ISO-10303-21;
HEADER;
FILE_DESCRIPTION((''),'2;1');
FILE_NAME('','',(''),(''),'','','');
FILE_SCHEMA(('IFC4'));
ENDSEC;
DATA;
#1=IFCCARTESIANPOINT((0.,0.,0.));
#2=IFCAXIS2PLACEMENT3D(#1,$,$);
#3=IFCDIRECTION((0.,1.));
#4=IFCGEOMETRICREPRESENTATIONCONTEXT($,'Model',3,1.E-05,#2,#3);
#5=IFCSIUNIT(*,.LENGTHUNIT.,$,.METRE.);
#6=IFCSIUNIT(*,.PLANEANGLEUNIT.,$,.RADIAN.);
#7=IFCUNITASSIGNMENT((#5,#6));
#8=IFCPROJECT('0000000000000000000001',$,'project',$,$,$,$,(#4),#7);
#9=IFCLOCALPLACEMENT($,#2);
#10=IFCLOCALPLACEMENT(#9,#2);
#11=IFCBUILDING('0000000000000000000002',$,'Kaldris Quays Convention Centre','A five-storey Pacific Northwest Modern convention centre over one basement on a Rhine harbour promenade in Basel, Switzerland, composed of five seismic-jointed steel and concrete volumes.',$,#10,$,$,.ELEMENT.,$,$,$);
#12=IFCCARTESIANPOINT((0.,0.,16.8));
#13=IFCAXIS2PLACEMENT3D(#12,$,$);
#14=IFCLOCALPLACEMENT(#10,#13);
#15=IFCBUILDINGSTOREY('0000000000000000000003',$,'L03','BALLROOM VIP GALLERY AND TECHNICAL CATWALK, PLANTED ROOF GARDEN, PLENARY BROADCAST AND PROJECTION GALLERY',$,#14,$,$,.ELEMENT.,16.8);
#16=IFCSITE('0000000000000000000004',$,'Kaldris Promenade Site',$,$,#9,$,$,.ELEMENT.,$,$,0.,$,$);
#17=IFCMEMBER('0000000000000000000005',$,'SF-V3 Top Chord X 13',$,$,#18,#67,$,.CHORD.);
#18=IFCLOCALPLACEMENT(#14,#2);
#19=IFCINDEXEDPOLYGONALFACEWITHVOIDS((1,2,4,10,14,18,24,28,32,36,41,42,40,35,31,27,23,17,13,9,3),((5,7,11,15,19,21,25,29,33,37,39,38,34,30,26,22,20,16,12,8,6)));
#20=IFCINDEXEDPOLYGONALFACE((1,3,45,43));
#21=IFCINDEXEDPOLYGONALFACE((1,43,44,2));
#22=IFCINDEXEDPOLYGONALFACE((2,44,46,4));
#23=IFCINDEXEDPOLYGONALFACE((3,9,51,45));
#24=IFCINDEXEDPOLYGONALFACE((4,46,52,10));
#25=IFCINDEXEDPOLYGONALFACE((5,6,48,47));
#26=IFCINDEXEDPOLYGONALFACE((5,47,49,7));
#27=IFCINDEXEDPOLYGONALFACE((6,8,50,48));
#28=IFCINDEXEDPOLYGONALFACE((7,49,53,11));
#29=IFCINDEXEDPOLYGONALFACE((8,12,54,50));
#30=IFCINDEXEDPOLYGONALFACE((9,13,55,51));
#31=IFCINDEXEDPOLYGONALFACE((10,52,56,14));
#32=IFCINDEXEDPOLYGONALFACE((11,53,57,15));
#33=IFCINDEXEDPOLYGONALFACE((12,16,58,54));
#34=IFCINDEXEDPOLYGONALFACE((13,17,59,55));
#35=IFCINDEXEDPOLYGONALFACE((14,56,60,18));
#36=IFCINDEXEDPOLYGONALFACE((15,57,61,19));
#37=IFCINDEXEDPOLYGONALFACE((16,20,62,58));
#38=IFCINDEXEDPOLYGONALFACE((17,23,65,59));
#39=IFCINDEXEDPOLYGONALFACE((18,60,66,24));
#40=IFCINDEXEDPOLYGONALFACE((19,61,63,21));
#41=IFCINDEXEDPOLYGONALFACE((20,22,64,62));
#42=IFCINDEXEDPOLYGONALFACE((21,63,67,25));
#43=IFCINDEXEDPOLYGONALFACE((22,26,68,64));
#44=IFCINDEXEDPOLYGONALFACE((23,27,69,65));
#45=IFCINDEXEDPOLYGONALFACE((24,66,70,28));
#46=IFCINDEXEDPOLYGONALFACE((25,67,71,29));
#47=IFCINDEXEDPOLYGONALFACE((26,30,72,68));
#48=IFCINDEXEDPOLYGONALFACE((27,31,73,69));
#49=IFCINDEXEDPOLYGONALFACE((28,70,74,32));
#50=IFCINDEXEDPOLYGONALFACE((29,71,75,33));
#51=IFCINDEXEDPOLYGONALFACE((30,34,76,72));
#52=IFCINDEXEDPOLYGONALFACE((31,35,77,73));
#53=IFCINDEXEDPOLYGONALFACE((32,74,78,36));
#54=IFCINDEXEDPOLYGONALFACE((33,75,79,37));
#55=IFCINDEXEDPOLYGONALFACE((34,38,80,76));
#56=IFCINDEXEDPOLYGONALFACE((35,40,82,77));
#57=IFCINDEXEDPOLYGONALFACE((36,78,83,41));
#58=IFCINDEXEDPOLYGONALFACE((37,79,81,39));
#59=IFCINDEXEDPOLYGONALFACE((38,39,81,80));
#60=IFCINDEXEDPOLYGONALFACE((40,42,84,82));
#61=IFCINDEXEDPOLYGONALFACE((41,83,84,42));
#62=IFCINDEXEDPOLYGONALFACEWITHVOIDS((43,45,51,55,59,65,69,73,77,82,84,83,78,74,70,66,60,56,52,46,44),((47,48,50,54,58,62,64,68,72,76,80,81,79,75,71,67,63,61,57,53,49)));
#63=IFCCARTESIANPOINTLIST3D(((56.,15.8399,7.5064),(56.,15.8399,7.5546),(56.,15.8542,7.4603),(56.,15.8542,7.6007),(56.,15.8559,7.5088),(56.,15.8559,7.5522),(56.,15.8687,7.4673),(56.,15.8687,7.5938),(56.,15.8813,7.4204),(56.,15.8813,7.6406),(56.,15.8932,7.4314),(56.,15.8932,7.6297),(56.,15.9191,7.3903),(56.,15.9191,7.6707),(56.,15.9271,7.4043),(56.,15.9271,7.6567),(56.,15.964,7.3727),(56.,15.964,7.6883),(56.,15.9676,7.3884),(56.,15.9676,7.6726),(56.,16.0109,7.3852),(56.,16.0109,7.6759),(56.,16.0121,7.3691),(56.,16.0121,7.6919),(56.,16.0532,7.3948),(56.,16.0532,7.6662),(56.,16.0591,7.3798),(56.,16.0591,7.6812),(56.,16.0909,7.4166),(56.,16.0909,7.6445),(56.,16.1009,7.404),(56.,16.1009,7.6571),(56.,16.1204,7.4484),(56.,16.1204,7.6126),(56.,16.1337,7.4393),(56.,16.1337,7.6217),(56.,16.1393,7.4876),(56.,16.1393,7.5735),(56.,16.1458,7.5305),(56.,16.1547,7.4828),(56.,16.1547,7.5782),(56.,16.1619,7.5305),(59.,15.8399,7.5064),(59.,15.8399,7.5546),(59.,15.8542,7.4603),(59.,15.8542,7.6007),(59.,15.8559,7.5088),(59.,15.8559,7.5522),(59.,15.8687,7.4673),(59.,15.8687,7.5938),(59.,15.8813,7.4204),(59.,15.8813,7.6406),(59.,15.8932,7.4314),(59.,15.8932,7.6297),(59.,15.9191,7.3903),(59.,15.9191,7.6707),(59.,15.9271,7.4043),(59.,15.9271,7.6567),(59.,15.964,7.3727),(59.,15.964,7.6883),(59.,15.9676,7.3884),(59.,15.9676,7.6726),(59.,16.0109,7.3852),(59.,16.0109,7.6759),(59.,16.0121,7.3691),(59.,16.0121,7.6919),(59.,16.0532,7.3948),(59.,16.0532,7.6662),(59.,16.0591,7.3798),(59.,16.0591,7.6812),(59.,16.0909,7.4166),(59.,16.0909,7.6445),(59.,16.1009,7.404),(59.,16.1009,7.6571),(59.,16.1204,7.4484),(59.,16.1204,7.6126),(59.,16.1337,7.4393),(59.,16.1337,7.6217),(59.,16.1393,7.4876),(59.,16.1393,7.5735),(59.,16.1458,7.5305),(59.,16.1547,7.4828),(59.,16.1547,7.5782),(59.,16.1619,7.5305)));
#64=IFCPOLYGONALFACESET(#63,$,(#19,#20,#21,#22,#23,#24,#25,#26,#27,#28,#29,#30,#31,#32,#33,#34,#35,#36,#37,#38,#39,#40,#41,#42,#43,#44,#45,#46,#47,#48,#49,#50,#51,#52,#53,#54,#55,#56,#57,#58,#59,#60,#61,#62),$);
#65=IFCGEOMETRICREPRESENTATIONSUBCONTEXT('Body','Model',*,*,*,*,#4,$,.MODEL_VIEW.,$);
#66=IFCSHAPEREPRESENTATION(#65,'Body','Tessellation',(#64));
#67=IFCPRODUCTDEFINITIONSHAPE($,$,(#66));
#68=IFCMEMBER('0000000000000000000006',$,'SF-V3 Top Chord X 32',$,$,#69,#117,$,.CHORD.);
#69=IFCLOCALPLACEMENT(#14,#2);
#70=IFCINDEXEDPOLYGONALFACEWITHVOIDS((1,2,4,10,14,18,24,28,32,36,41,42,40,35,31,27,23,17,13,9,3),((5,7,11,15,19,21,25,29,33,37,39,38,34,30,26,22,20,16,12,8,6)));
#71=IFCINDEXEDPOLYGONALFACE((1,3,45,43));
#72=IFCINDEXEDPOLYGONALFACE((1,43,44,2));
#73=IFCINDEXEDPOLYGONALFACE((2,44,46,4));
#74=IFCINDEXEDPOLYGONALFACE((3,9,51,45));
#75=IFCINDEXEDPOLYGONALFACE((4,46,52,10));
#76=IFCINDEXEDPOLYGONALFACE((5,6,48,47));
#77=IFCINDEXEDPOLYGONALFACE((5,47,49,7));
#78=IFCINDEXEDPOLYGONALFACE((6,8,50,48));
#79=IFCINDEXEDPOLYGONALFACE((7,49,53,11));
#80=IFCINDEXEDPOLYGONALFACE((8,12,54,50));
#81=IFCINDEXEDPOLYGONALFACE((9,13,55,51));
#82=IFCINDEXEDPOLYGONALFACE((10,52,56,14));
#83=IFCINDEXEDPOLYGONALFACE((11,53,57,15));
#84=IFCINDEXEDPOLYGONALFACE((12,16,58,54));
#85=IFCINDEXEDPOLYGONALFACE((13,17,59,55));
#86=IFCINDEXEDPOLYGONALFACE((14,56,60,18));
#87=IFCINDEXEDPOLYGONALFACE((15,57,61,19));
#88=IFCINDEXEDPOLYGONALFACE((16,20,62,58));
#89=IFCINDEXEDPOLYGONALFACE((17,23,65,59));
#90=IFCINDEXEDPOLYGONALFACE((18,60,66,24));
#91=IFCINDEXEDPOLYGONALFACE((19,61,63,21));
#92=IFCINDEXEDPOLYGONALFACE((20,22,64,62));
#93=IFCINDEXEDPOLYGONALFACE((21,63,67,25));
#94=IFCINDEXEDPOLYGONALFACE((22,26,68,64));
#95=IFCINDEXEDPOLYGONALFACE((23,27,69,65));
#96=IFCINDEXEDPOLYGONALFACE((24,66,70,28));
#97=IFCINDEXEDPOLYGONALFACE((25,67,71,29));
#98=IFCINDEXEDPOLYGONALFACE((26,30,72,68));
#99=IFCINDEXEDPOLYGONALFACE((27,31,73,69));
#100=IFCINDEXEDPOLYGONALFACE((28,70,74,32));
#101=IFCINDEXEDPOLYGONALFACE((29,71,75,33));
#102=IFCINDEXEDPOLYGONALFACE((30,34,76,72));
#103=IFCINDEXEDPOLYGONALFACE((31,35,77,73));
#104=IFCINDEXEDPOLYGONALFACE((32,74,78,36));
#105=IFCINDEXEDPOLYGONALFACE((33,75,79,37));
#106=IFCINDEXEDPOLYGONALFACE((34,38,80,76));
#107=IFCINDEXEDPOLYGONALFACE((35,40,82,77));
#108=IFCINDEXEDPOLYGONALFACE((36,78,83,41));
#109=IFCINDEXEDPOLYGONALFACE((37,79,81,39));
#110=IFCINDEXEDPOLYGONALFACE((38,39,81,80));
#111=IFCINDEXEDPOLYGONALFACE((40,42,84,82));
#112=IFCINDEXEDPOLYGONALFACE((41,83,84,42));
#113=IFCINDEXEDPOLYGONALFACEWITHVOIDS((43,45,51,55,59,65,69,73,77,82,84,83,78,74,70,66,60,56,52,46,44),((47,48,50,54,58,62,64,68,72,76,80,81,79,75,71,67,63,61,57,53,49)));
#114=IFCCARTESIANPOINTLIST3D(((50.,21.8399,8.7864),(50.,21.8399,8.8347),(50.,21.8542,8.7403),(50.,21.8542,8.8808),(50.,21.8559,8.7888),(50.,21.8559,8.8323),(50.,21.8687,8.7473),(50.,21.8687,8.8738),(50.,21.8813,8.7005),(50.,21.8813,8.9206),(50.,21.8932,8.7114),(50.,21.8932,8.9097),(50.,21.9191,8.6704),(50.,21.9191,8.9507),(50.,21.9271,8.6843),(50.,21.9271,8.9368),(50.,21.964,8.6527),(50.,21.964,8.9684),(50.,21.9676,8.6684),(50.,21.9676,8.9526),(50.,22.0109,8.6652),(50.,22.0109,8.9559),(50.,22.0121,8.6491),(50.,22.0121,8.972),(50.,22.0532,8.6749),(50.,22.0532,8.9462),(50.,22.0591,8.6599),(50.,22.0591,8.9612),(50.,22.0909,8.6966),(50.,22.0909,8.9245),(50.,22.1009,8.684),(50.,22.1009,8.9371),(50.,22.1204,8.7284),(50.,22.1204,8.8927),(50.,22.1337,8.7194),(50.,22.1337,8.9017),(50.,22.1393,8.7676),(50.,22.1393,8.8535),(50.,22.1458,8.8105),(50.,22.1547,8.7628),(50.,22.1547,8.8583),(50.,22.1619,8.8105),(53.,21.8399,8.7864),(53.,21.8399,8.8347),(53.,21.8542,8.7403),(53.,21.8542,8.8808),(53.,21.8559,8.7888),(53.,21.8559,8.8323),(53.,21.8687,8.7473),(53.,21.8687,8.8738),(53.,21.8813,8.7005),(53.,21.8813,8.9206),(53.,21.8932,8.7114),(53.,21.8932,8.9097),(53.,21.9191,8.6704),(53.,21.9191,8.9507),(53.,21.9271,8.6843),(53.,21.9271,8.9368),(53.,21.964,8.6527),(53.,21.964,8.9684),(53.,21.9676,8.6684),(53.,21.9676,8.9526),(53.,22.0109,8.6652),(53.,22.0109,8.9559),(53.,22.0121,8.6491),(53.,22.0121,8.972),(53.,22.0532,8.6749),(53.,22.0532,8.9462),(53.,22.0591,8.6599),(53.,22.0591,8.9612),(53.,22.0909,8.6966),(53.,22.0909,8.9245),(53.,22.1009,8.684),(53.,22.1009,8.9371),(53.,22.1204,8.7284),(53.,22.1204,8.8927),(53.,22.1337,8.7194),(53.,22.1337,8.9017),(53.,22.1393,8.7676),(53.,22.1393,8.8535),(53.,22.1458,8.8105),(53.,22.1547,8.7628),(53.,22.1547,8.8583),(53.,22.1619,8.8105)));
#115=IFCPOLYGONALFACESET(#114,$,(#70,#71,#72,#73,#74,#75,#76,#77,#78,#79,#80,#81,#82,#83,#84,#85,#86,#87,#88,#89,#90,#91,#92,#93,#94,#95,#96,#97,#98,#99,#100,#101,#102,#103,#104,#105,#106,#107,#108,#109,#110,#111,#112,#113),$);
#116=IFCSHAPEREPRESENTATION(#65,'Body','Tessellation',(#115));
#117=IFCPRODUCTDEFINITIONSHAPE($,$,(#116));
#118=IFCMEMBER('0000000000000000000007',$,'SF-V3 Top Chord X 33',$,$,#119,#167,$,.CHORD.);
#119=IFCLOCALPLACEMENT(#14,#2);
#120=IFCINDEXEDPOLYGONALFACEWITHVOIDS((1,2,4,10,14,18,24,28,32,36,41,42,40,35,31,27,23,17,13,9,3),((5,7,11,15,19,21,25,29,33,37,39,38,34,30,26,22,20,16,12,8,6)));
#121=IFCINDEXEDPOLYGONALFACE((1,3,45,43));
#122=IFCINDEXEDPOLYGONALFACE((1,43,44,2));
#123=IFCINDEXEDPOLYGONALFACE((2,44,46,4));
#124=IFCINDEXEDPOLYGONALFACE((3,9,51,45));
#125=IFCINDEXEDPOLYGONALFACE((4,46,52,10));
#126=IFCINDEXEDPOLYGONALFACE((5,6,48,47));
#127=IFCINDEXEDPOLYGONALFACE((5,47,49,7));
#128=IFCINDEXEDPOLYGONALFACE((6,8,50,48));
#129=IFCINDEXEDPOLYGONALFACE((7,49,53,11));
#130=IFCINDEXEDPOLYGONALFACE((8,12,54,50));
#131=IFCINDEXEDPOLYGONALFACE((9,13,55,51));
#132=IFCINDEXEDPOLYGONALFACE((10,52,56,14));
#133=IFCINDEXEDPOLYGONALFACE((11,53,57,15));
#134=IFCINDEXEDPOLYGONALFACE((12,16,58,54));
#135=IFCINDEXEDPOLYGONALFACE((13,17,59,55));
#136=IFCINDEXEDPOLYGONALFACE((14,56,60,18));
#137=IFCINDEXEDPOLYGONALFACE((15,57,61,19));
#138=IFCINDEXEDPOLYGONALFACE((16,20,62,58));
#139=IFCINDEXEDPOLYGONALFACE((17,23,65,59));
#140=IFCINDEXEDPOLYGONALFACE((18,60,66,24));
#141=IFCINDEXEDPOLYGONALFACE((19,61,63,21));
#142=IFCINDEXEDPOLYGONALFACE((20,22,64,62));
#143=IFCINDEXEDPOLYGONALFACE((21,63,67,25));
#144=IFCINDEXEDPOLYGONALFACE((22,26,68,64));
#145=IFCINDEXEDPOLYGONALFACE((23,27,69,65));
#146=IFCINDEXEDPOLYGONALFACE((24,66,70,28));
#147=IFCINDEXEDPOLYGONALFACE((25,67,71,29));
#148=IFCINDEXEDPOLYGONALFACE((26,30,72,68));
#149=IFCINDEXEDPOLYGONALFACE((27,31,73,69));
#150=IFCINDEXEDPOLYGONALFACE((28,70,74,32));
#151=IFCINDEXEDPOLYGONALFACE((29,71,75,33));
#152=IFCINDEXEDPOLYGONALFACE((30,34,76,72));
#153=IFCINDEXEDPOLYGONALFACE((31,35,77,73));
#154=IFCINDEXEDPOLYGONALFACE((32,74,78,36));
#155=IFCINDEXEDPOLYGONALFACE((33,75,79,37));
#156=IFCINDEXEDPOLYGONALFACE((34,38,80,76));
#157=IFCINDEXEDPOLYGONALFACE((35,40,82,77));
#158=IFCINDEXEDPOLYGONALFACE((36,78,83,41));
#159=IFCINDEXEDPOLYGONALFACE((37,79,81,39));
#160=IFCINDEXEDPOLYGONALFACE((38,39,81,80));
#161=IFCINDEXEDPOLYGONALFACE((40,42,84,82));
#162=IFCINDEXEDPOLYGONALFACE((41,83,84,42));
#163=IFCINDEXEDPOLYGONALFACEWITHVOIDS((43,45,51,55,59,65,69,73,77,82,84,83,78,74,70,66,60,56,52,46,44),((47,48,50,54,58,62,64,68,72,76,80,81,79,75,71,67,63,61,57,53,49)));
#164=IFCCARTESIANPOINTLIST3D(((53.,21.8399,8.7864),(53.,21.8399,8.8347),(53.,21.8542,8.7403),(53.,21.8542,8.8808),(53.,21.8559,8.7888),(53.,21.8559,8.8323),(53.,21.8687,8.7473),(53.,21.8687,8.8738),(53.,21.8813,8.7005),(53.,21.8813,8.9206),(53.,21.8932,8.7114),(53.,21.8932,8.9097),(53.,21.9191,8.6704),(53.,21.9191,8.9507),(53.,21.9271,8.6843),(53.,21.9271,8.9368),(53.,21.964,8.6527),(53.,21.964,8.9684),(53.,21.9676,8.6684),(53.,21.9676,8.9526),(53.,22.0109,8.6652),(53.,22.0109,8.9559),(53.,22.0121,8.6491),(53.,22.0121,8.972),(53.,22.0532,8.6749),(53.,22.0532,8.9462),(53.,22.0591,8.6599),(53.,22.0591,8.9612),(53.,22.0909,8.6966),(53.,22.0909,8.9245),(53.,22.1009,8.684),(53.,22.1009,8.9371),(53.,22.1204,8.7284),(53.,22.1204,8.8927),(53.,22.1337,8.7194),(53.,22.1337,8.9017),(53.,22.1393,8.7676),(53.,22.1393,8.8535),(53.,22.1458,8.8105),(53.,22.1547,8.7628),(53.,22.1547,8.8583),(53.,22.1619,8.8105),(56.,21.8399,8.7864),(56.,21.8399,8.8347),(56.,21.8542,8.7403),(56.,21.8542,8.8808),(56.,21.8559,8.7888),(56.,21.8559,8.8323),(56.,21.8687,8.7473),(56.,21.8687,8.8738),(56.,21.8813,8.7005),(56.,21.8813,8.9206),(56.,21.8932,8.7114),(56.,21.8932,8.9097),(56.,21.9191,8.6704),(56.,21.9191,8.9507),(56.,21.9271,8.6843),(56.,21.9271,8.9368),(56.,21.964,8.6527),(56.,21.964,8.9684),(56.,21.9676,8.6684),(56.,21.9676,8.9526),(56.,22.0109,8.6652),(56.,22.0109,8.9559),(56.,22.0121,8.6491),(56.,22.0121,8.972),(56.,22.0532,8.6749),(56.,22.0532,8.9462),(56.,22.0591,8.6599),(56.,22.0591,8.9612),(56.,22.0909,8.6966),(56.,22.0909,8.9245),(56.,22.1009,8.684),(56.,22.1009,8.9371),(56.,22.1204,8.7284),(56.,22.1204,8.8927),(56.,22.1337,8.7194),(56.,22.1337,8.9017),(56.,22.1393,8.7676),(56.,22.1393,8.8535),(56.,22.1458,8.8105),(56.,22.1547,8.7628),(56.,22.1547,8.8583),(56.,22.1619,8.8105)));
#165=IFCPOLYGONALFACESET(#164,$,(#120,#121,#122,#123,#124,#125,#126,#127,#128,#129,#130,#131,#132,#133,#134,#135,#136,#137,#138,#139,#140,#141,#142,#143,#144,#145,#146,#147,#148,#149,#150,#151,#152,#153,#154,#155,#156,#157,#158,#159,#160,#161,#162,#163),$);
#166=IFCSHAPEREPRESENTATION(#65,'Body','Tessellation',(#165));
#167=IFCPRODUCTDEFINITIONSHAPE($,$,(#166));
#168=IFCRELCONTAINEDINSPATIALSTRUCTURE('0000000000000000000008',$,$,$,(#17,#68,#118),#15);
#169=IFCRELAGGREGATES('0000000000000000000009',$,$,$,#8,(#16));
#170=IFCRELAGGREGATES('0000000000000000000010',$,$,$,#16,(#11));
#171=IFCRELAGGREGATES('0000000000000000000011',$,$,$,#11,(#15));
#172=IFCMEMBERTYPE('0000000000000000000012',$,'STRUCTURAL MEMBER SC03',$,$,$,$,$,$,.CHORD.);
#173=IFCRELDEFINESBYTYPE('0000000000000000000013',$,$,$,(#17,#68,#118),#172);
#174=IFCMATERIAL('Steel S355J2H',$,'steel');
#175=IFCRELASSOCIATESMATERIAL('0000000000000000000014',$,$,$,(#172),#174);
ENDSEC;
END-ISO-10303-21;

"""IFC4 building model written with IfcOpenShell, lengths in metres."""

from ifc_helpers import new_model, si_unit, direction, frame, origin, origin_2d, place, context, subcontext, project, spatial, hollow_circle, extrude, material, material_profile, profile_set, type_object, element, save


model = new_model("IFC4")

# Units and contexts
model_context = context("Model", 3, precision=1e-05, world=origin(), true_north=direction((0.0, 1.0)))
body_context = subcontext(model_context, "Body", "Model", "MODEL_VIEW")
ifc_project = project(units=[si_unit("LENGTHUNIT", "METRE"), si_unit("PLANEANGLEUNIT", "RADIAN")], contexts=[model_context])

# Site, building, storey
site_placement = place(None, origin())
site = spatial("IfcSite", under=ifc_project, at=site_placement, Name="Kaldris Promenade Site", CompositionType="ELEMENT", RefElevation=0.0)
building_placement = place(site_placement, origin())
building = spatial("IfcBuilding", under=site, at=building_placement, Name="Kaldris Quays Convention Centre", Description="A five-storey Pacific Northwest Modern convention centre over one basement on a Rhine harbour promenade in Basel, Switzerland, composed of five seismic-jointed steel and concrete volumes.", CompositionType="ELEMENT")
storey_placement = place(building_placement, frame((0.0, 0.0, 16.8)))
storey = spatial("IfcBuildingStorey", under=building, at=storey_placement, Name="L03", Description="BALLROOM VIP GALLERY AND TECHNICAL CATWALK, PLANTED ROOF GARDEN, PLENARY BROADCAST AND PROJECTION GALLERY", CompositionType="ELEMENT", Elevation=16.8)

# Members
ifc_material_1 = material(Name="Steel S355J2H", Category="steel")
ifc_material_profile_1 = material_profile(ifc_material_1, hollow_circle(Radius=0.1619, WallThickness=0.0161, at=origin_2d()), Name="CHS 323.9x16")
ifc_profile_set_1 = profile_set([ifc_material_profile_1], Name="Steel S355J2H")
member_type_1 = type_object("IfcMemberType", Name="STRUCTURAL MEMBER SC03", PredefinedType="CHORD", material=ifc_profile_set_1)
for number, where, z_axis, x_axis, name in (
    (1, (56.0, 16.0, 7.5305), (1.0, 0.0, 0.0), (0.0, 1.0, 0.0), "SF-V3 Top Chord X 13"),
    (2, (50.0, 22.0, 8.8105), (1.0, 0.0, 0.0), (0.0, 1.0, 0.0), "SF-V3 Top Chord X 32"),
    (3, (53.0, 22.0, 8.8105), (1.0, 0.0, 0.0), (0.0, 1.0, 0.0), "SF-V3 Top Chord X 33"),
):
    element("IfcMember", number, at=place(storey_placement, frame(where, z_axis=z_axis, x_axis=x_axis)), inside=storey, type_object=member_type_1, Name=name, PredefinedType="CHORD", context=body_context, shape_type="SweptSolid", body=[
        extrude(hollow_circle(Radius=0.1619, WallThickness=0.0161, at=origin_2d()), origin(), (0.0, 0.0, 1.0), 3.0),
    ])

save(model, "model.ifc")
